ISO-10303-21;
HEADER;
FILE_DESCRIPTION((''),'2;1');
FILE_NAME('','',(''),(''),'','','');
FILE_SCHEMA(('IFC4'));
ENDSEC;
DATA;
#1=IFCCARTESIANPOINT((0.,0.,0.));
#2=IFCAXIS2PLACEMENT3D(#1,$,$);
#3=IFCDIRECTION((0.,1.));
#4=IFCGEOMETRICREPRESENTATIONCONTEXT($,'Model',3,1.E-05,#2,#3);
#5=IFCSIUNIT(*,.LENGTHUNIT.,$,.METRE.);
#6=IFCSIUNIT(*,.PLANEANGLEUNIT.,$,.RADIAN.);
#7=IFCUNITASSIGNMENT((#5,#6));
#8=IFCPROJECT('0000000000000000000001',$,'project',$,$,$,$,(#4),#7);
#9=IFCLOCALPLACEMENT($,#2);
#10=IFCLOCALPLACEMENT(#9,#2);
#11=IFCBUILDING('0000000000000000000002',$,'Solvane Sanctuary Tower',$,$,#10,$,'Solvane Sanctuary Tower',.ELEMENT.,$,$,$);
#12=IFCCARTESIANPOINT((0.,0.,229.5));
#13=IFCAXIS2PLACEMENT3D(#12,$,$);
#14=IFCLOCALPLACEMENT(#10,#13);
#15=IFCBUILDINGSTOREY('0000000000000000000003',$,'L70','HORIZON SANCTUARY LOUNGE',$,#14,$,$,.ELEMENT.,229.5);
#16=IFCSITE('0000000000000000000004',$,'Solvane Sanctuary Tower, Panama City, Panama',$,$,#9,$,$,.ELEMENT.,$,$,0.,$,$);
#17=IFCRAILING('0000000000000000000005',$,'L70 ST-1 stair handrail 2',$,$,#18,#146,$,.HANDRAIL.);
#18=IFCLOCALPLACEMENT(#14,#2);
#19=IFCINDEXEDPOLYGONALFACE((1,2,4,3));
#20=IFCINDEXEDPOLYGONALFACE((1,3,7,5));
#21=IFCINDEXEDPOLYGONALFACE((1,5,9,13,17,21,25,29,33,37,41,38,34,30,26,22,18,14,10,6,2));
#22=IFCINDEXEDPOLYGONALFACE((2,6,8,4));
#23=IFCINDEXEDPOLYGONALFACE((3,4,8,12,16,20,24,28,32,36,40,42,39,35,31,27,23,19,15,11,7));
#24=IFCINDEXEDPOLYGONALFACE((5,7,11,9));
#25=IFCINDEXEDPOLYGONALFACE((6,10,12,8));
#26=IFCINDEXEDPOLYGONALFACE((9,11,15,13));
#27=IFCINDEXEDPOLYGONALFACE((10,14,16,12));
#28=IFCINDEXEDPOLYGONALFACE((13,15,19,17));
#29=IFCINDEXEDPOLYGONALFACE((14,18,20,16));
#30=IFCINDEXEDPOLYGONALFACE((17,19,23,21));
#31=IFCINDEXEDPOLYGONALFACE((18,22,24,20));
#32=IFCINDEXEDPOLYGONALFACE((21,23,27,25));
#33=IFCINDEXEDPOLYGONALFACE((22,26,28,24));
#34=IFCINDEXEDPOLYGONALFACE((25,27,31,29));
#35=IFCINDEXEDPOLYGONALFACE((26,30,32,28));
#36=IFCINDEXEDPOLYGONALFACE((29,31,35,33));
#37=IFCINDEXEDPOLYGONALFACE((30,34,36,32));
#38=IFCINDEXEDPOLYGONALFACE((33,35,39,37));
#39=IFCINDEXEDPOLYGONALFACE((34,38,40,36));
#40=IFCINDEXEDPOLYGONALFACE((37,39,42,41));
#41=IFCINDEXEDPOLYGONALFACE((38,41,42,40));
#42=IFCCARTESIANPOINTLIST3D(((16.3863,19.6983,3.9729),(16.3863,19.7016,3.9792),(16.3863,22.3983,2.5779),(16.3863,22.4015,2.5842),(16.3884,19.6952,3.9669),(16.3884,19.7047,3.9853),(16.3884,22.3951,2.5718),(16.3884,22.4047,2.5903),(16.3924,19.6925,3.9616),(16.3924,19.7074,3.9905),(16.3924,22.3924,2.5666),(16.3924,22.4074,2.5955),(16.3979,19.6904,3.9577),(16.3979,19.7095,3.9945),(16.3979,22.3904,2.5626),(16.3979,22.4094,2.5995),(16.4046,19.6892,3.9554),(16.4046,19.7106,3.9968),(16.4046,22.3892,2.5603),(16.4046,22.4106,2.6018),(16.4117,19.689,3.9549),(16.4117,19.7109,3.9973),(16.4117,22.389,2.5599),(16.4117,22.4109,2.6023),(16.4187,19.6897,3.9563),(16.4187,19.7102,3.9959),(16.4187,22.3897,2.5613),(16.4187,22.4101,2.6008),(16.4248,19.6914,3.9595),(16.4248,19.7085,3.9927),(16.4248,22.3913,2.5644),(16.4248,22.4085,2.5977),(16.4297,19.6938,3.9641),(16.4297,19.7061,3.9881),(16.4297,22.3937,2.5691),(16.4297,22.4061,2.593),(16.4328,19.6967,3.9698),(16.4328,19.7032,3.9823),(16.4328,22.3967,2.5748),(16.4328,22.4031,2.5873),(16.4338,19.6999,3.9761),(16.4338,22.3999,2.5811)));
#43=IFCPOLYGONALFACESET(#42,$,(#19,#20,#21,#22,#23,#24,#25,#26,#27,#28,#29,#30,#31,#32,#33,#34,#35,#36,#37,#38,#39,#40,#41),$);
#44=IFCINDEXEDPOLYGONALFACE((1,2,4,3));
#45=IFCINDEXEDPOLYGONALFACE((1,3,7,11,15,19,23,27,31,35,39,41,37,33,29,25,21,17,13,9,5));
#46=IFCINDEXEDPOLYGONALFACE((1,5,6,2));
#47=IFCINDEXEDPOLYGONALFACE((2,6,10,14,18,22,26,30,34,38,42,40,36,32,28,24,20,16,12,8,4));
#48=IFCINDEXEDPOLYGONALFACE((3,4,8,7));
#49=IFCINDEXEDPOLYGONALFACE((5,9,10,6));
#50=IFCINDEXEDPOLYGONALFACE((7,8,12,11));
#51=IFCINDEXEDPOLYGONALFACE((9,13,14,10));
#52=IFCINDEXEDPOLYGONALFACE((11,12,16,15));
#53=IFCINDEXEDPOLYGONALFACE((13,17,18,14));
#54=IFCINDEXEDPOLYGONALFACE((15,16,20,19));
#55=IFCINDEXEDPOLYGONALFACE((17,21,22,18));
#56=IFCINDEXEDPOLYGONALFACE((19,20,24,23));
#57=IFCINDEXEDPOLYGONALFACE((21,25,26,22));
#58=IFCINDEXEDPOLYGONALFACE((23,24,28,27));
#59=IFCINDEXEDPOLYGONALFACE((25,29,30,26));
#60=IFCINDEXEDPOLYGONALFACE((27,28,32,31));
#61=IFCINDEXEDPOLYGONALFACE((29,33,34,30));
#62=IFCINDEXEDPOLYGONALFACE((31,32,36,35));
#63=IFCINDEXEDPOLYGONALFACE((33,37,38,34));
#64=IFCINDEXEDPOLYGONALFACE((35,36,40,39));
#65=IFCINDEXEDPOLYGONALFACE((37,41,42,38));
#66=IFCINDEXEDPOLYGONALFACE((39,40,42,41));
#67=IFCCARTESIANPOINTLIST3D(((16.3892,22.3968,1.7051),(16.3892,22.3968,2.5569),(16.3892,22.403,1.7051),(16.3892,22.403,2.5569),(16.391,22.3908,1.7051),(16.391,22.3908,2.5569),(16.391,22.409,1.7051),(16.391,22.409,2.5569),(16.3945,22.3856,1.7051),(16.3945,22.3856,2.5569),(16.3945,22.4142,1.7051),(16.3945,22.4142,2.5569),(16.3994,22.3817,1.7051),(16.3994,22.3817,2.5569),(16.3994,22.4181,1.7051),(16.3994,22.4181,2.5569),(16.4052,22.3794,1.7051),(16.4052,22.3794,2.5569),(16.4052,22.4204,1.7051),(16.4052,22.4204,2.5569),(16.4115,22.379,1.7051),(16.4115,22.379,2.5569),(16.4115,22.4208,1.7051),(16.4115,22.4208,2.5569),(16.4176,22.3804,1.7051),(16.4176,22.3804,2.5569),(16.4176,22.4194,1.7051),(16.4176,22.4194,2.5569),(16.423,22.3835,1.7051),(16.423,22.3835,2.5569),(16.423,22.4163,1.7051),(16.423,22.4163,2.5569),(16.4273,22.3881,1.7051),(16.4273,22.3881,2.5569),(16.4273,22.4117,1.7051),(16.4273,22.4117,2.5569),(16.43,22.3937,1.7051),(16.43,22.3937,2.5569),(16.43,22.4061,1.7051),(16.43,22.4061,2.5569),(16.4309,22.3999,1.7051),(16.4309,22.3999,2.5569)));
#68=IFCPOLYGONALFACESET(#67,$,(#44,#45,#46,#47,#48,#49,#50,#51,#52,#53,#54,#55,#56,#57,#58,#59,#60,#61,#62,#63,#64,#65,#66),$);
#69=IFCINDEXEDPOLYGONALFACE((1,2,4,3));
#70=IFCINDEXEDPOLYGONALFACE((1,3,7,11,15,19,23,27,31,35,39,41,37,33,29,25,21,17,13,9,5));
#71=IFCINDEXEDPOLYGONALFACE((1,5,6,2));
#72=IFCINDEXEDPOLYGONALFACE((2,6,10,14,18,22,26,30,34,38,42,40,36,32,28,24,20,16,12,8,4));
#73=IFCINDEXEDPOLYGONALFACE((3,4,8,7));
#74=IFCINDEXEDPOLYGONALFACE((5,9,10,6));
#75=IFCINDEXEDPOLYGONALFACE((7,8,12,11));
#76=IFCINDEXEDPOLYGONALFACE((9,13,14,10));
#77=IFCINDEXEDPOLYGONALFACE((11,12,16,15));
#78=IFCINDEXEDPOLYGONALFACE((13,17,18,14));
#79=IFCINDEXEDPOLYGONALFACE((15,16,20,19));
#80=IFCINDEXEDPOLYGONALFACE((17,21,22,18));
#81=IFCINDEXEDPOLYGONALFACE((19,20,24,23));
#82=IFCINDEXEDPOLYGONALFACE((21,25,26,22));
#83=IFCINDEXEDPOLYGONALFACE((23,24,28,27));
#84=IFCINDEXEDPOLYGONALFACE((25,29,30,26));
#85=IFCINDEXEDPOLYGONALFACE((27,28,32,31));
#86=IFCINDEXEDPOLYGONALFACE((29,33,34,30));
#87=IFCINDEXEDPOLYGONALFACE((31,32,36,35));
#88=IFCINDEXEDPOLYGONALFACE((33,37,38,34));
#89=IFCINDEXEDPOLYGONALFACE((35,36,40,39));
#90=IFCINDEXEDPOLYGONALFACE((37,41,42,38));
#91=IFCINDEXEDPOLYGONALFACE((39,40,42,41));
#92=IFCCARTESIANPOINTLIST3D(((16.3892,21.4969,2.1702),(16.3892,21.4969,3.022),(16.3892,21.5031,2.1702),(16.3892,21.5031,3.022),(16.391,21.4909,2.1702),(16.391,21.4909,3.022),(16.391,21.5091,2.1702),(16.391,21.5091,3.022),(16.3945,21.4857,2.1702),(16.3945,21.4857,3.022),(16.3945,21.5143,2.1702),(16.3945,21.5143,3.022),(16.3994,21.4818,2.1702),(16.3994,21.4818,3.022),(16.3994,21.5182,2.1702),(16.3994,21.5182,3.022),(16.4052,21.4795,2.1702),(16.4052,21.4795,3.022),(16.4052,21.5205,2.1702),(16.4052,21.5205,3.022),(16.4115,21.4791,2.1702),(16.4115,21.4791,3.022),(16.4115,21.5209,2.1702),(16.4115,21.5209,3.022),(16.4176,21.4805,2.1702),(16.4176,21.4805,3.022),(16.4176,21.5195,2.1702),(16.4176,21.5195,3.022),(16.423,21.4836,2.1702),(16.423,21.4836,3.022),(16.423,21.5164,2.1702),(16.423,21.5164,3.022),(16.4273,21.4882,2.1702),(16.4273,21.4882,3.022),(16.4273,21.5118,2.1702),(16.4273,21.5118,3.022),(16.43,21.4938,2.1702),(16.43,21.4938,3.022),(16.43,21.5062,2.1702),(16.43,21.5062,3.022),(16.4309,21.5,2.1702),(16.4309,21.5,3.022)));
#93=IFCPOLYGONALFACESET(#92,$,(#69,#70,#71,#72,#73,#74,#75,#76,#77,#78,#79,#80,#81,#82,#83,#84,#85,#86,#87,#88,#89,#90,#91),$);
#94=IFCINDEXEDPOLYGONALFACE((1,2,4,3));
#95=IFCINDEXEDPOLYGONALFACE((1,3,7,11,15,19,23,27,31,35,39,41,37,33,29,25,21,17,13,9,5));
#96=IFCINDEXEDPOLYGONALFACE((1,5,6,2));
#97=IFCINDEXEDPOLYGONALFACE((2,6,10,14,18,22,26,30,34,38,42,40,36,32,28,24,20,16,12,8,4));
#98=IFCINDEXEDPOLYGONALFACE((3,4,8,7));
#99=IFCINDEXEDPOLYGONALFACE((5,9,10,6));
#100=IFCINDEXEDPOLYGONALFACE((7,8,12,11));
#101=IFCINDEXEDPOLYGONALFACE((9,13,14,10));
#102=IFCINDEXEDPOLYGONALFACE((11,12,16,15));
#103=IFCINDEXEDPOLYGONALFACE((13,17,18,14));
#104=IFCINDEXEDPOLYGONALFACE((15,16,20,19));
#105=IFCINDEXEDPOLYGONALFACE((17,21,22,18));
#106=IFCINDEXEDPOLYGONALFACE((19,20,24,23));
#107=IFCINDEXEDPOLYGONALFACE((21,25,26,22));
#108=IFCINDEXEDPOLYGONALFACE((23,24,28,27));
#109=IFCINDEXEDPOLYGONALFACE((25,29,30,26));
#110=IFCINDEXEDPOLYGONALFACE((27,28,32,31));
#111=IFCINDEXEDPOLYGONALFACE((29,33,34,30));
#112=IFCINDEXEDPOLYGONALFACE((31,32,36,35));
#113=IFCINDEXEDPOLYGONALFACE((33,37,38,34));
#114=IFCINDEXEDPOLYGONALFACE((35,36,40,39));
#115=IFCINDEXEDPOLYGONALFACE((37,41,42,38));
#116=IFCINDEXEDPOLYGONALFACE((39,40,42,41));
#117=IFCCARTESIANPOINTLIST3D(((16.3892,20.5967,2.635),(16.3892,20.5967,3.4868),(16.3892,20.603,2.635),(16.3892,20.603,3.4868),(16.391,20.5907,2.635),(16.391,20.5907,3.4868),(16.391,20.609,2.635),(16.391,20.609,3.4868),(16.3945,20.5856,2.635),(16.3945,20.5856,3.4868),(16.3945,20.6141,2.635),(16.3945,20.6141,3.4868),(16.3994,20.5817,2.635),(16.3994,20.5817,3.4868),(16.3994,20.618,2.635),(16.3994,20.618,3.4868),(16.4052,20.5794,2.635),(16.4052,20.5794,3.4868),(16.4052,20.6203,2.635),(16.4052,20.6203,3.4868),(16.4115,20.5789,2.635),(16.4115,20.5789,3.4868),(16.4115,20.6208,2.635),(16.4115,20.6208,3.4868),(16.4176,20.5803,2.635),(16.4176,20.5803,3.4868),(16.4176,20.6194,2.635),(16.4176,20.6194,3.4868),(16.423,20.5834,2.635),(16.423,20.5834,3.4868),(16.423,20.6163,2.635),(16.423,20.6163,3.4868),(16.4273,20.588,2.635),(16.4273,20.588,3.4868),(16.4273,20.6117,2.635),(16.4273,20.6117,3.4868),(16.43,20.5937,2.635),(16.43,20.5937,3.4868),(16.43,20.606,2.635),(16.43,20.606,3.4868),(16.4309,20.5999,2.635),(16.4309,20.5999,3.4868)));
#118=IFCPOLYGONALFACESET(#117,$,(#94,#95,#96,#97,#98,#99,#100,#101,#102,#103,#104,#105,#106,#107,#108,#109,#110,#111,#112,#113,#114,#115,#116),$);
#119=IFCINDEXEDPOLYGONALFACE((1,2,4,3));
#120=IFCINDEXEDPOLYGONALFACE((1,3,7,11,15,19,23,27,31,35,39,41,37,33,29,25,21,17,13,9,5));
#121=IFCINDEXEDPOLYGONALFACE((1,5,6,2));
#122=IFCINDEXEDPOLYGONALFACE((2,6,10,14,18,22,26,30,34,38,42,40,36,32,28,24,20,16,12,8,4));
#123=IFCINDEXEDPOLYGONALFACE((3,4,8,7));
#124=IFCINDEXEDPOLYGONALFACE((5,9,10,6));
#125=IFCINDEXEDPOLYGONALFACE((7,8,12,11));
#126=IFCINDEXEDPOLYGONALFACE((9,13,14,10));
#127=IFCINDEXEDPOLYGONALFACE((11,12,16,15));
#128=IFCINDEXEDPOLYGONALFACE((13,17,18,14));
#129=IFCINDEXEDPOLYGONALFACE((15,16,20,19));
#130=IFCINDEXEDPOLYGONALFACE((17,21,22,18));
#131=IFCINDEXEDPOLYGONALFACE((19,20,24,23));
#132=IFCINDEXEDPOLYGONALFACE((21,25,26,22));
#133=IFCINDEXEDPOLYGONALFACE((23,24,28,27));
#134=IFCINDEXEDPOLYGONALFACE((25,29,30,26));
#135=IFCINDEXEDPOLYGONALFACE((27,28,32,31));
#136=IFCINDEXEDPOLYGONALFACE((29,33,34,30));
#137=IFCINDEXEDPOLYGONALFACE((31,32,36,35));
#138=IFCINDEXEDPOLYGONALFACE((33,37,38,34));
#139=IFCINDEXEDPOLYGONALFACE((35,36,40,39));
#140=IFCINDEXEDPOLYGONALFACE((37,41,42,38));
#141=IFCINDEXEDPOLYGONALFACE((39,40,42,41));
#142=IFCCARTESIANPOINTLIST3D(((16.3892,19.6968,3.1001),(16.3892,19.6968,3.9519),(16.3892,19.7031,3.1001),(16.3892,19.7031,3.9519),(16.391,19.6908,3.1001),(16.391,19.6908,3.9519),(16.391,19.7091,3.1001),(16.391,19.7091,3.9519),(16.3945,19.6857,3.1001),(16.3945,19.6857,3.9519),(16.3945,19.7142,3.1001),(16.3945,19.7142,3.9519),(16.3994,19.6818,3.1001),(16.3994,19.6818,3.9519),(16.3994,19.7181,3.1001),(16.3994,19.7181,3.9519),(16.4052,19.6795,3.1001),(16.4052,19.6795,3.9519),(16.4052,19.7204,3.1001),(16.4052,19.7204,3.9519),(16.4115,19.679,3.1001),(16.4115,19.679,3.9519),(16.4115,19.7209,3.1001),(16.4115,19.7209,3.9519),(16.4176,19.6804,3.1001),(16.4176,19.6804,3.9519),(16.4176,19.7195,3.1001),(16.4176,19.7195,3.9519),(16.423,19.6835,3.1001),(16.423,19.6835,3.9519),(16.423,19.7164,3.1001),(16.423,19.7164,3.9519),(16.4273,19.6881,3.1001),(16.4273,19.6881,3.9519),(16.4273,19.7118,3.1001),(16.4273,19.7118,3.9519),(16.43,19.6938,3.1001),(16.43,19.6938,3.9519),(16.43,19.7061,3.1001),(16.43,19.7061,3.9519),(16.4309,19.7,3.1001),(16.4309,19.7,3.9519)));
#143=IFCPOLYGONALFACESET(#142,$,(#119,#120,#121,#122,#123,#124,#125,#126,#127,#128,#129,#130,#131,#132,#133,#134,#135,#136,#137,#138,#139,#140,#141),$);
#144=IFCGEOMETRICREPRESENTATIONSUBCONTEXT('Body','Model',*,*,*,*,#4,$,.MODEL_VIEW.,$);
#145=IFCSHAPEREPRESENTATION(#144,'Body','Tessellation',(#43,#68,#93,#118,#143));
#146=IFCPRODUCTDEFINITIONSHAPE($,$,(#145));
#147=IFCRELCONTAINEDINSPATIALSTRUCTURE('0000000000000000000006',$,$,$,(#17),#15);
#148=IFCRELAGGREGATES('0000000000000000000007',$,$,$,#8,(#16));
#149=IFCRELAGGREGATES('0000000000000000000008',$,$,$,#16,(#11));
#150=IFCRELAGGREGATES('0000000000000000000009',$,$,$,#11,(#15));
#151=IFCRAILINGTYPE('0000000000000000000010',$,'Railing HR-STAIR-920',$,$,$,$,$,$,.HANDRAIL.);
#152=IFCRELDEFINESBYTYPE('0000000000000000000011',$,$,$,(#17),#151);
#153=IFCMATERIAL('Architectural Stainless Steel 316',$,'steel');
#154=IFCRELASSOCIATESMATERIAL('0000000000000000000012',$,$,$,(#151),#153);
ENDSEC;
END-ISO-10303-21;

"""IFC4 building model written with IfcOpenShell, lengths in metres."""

from ifc_helpers import new_model, si_unit, direction, frame, origin, origin_2d, place, context, subcontext, project, spatial, circle, extrude, material, type_object, element, save


model = new_model("IFC4")

# Units and contexts
model_context = context("Model", 3, precision=1e-05, world=origin(), true_north=direction((0.0, 1.0)))
body_context = subcontext(model_context, "Body", "Model", "MODEL_VIEW")
ifc_project = project(units=[si_unit("LENGTHUNIT", "METRE"), si_unit("PLANEANGLEUNIT", "RADIAN")], contexts=[model_context])

# Site, building, storey
site_placement = place(None, origin())
site = spatial("IfcSite", under=ifc_project, at=site_placement, Name="Solvane Sanctuary Tower, Panama City, Panama", CompositionType="ELEMENT", RefElevation=0.0)
building_placement = place(site_placement, origin())
building = spatial("IfcBuilding", under=site, at=building_placement, Name="Solvane Sanctuary Tower", LongName="Solvane Sanctuary Tower", CompositionType="ELEMENT")
storey_placement = place(building_placement, frame((0.0, 0.0, 229.5)))
storey = spatial("IfcBuildingStorey", under=building, at=storey_placement, Name="L70", Description="HORIZON SANCTUARY LOUNGE", CompositionType="ELEMENT", Elevation=229.5)

# Shared definitions
ifc_material_1 = material(Name="Architectural Stainless Steel 316", Category="steel")

# Railing
railing_type_1 = type_object("IfcRailingType", Name="Railing HR-STAIR-920", PredefinedType="HANDRAIL", material=ifc_material_1)
railing_1_placement = place(storey_placement, frame((16.4099, 22.3999, 1.7051)))
element("IfcRailing", 1, at=railing_1_placement, inside=storey, type_object=railing_type_1, Name="L70 ST-1 stair handrail 2", PredefinedType="HANDRAIL", context=body_context, shape_type="SweptSolid", body=[
    extrude(circle(Radius=0.0239, at=origin_2d()), frame((0.0, 0.0, 0.876), z_axis=(0.0, -0.88842, 0.459032), x_axis=(1.0, 0.0, 0.0)), (0.0, 0.0, 1.0), 3.0391),
    extrude(circle(Radius=0.021, at=origin_2d()), origin(), (0.0, 0.0, 1.0), 0.8518),
    extrude(circle(Radius=0.021, at=origin_2d()), frame((0.0, -0.8999, 0.4651)), (0.0, 0.0, 1.0), 0.8518),
    extrude(circle(Radius=0.021, at=origin_2d()), frame((0.0, -1.8, 0.9299)), (0.0, 0.0, 1.0), 0.8518),
    extrude(circle(Radius=0.021, at=origin_2d()), frame((0.0, -2.7, 1.395)), (0.0, 0.0, 1.0), 0.8518),
])

save(model, "model.ifc")
